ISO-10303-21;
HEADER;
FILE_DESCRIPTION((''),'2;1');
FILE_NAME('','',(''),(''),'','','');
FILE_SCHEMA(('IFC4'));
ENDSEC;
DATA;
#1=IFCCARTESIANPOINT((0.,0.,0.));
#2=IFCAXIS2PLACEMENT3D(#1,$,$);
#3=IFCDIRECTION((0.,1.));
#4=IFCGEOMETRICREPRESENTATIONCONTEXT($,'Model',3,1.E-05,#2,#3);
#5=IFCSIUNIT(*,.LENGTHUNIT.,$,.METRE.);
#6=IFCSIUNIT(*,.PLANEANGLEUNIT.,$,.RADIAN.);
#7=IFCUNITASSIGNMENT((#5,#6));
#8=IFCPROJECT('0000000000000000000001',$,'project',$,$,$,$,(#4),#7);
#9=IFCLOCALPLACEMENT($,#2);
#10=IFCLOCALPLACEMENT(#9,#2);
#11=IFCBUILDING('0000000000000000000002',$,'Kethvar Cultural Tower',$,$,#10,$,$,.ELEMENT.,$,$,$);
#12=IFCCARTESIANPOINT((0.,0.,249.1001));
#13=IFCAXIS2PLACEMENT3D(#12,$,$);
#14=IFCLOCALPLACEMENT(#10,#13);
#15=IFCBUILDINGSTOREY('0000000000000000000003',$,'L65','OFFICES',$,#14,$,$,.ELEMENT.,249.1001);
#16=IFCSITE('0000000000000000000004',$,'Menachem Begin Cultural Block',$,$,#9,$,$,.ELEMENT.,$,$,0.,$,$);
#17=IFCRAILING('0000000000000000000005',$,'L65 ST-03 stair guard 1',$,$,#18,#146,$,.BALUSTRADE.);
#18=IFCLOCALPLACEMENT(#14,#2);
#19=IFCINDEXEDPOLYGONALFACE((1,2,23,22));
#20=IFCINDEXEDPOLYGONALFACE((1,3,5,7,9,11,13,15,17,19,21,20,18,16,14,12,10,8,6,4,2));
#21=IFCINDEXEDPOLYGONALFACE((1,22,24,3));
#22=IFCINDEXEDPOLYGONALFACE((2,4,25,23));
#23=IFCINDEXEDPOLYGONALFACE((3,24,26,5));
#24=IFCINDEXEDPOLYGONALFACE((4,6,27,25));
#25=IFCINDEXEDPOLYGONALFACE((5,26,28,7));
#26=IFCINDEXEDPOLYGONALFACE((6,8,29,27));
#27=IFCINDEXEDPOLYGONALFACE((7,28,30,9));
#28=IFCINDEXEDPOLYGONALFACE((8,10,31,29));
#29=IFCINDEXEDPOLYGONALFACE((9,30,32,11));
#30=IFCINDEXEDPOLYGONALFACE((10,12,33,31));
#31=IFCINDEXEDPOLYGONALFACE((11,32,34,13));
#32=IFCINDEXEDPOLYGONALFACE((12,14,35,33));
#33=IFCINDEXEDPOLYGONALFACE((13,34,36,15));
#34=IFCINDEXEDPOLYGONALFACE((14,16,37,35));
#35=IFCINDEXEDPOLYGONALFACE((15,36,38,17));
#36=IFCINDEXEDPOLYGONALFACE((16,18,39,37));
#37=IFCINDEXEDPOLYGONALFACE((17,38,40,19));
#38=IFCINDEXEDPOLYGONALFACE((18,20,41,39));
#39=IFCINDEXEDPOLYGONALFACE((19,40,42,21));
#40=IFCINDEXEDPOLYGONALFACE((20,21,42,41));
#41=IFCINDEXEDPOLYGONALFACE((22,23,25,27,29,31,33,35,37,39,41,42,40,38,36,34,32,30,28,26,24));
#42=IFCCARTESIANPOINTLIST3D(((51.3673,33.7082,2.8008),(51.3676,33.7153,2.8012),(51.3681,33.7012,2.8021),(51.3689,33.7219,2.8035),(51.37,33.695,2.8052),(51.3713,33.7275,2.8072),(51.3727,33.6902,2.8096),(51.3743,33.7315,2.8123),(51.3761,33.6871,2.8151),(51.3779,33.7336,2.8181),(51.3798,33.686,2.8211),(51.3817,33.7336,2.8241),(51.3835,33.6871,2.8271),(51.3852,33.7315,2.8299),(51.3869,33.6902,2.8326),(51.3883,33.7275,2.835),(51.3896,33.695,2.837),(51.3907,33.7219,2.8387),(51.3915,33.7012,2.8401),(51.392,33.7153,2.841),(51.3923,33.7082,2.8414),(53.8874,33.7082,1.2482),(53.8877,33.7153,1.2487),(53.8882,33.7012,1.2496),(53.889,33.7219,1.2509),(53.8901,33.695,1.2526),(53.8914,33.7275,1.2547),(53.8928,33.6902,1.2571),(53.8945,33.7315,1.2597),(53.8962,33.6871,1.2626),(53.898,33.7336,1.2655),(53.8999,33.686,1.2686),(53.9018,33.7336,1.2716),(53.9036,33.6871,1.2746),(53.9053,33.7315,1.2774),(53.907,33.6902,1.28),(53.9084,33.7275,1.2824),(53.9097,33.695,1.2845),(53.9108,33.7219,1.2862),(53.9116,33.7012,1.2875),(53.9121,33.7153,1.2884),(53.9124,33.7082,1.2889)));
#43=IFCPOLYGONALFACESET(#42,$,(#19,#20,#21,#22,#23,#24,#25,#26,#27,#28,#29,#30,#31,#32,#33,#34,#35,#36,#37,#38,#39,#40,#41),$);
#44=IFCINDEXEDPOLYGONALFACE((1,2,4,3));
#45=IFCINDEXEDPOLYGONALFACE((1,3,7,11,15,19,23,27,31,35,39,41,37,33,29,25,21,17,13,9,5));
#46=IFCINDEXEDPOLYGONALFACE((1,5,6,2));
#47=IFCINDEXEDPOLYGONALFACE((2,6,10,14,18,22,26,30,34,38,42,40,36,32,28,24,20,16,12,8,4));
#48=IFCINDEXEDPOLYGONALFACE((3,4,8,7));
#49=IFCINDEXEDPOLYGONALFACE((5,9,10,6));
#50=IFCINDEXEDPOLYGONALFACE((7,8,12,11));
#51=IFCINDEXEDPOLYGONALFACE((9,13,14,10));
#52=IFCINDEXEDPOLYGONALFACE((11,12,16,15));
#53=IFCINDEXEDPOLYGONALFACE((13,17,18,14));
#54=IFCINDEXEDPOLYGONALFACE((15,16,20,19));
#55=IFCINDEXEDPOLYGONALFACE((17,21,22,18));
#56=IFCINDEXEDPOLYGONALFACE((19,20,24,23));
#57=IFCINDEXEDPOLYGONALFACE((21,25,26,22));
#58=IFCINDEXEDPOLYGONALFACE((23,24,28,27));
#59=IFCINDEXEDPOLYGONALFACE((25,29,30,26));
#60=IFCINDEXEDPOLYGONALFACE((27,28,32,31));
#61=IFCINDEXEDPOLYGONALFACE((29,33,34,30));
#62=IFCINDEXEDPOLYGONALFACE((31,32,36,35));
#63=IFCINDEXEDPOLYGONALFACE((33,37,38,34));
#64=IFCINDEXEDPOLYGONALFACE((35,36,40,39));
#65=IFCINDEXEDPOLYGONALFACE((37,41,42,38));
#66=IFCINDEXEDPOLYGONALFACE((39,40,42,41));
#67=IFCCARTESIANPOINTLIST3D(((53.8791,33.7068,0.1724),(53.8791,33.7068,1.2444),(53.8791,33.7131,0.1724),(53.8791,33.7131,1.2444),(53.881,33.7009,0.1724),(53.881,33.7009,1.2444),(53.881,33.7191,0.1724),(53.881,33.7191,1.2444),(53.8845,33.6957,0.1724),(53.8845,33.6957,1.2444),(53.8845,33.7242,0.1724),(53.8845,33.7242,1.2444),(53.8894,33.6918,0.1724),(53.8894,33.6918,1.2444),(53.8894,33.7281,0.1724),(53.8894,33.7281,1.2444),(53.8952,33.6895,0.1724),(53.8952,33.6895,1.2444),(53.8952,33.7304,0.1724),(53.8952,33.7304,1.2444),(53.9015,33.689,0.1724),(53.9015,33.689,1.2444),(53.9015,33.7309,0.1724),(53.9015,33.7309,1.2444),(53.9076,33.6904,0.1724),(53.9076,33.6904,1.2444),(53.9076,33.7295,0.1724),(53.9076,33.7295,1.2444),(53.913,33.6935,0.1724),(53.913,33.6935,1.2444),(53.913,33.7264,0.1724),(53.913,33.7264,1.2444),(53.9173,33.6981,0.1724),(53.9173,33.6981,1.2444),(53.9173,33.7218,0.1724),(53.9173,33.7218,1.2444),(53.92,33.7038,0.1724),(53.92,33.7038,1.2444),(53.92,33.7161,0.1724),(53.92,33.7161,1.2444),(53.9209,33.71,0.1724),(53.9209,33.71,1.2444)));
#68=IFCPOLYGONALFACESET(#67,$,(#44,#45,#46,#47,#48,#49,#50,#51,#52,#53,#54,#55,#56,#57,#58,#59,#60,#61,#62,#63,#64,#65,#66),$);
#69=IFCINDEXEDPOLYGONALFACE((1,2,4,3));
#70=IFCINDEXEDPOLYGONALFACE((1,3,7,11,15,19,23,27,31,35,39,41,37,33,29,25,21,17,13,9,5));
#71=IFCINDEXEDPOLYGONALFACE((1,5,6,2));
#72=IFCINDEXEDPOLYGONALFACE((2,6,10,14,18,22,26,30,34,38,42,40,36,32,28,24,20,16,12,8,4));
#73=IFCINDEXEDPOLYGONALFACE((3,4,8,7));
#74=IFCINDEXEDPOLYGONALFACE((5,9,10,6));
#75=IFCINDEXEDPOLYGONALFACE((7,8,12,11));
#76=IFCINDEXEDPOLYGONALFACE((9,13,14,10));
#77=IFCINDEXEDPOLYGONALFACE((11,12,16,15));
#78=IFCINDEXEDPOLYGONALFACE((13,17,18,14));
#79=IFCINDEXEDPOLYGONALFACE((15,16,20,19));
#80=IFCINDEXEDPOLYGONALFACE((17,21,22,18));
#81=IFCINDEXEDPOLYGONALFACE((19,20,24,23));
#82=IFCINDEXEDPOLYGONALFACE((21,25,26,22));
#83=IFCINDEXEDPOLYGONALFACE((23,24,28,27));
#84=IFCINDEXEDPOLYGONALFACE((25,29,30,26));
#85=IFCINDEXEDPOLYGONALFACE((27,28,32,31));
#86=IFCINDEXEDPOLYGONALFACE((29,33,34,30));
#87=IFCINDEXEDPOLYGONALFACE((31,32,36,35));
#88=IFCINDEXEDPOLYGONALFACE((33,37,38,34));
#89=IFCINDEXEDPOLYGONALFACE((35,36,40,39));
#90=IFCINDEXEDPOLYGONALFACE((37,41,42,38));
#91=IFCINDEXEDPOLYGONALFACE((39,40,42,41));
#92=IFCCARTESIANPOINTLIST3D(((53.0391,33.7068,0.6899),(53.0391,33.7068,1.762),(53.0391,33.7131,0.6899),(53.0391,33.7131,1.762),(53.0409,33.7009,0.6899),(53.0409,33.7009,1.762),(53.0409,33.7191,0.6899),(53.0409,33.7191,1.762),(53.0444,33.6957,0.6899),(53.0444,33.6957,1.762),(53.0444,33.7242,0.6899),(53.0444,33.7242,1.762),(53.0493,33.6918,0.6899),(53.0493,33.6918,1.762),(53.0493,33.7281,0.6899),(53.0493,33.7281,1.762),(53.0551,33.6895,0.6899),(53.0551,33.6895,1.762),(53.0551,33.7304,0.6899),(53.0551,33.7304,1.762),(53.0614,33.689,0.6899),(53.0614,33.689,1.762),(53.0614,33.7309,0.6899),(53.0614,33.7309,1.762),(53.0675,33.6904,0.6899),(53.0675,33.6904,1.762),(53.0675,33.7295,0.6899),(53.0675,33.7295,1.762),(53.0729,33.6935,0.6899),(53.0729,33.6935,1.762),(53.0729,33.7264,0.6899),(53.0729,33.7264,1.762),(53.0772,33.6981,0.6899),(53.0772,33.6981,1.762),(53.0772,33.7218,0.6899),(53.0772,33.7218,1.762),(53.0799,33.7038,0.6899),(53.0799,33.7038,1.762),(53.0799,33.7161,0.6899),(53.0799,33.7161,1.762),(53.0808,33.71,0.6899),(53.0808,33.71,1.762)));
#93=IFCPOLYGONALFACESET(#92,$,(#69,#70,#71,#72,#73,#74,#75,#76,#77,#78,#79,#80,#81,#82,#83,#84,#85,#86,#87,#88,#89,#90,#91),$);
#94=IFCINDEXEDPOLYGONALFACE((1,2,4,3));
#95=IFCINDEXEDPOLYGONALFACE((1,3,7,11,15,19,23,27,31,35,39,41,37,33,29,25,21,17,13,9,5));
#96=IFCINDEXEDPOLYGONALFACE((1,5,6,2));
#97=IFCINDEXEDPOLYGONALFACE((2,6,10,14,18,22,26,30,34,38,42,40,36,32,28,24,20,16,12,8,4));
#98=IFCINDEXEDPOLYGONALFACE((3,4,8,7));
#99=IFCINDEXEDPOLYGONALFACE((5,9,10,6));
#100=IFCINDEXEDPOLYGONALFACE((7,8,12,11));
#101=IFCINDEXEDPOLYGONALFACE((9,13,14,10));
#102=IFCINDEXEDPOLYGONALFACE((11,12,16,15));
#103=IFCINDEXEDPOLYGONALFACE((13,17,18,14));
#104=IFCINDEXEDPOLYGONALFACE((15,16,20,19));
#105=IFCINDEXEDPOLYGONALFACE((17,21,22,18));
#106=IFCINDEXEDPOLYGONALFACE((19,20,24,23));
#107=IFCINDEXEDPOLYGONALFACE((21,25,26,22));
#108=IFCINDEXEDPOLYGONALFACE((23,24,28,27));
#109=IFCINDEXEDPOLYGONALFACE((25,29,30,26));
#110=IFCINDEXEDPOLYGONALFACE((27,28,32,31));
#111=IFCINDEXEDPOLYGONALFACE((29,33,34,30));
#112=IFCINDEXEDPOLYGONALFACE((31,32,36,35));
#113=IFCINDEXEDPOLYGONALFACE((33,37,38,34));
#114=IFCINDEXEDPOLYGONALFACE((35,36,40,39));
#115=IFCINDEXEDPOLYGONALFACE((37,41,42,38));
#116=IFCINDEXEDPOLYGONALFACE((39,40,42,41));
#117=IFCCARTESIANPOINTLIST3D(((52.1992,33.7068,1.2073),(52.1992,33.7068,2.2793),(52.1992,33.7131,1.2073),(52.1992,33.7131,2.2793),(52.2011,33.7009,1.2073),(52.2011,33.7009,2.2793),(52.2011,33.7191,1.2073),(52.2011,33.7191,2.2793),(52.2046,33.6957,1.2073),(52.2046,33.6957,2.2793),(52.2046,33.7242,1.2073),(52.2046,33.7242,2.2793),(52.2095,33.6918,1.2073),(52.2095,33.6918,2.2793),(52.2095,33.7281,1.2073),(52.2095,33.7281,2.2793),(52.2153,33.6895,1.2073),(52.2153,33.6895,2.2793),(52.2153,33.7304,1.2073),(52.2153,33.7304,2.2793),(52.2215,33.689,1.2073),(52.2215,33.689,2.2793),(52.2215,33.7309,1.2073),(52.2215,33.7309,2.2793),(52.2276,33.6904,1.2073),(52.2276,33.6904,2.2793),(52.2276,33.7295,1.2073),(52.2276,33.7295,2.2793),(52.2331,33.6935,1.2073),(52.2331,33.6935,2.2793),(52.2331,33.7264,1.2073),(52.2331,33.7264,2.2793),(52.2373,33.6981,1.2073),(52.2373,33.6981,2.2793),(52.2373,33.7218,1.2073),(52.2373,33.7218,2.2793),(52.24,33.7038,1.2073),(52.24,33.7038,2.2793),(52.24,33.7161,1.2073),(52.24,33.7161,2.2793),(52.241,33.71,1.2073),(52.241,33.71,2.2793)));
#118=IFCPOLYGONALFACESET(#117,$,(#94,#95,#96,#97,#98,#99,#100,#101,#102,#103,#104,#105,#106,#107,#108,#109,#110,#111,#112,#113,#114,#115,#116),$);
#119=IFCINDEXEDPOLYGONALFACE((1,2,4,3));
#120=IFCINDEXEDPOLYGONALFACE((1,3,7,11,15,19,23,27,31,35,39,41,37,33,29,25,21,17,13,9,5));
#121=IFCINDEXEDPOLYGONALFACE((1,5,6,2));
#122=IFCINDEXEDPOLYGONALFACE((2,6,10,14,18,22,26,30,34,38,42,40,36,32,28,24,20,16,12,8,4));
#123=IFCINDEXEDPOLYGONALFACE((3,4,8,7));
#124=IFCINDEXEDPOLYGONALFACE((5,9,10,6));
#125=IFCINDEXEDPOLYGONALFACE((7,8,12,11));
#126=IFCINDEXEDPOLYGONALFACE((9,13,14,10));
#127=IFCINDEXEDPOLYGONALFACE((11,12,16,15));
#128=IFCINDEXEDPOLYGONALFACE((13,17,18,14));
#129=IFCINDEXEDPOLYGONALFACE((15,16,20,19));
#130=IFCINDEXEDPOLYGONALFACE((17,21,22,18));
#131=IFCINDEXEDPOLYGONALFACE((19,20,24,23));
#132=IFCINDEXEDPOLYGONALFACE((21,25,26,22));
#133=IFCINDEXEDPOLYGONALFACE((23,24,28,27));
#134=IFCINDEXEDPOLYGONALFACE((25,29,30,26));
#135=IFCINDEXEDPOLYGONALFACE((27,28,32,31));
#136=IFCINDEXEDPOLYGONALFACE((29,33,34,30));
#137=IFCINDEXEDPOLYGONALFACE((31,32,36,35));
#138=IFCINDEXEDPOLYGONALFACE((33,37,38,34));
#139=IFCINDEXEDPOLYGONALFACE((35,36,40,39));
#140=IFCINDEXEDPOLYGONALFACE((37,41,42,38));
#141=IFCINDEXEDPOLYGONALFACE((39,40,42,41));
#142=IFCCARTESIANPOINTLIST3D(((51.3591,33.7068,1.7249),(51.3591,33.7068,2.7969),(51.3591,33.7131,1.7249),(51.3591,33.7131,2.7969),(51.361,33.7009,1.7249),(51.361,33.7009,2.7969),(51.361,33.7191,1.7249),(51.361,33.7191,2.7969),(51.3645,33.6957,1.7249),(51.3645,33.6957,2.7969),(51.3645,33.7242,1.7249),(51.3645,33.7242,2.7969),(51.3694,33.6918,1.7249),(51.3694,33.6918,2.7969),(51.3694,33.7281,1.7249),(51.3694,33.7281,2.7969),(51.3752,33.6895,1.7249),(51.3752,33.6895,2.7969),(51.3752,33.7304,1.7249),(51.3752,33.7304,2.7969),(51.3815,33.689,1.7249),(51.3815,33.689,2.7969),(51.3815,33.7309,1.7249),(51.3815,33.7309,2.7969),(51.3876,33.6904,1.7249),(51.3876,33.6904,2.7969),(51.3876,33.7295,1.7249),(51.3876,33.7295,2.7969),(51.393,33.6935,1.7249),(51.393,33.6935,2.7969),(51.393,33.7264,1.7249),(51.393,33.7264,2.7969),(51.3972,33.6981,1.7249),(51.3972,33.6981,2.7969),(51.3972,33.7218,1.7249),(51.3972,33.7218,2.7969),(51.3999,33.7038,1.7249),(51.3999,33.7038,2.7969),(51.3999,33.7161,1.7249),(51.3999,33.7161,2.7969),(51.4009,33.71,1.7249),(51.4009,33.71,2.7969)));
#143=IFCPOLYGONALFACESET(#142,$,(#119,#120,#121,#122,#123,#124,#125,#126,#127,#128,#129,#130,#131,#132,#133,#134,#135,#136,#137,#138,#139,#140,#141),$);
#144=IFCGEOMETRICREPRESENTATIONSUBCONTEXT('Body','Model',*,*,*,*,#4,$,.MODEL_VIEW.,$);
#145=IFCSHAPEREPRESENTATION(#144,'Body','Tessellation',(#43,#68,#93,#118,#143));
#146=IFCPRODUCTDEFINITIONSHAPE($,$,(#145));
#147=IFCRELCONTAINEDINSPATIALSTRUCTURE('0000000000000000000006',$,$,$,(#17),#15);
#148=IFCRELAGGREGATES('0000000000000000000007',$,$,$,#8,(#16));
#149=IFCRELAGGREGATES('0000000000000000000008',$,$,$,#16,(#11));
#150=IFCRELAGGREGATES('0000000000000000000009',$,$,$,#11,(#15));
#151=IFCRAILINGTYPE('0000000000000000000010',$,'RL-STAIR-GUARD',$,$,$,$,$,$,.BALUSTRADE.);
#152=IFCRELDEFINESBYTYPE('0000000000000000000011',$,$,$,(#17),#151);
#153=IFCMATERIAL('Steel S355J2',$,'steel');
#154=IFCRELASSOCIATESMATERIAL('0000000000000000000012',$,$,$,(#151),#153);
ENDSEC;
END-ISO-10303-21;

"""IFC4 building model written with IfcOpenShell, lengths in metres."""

from ifc_helpers import new_model, si_unit, direction, frame, origin, origin_2d, place, context, subcontext, project, spatial, circle, extrude, material, type_object, element, save


model = new_model("IFC4")

# Units and contexts
model_context = context("Model", 3, precision=1e-05, world=origin(), true_north=direction((0.0, 1.0)))
body_context = subcontext(model_context, "Body", "Model", "MODEL_VIEW")
ifc_project = project(units=[si_unit("LENGTHUNIT", "METRE"), si_unit("PLANEANGLEUNIT", "RADIAN")], contexts=[model_context])

# Site, building, storey
site_placement = place(None, origin())
site = spatial("IfcSite", under=ifc_project, at=site_placement, Name="Menachem Begin Cultural Block", CompositionType="ELEMENT", RefElevation=0.0)
building_placement = place(site_placement, origin())
building = spatial("IfcBuilding", under=site, at=building_placement, Name="Kethvar Cultural Tower", CompositionType="ELEMENT")
storey_placement = place(building_placement, frame((0.0, 0.0, 249.1001)))
storey = spatial("IfcBuildingStorey", under=building, at=storey_placement, Name="L65", Description="OFFICES", CompositionType="ELEMENT", Elevation=249.1001)

# Shared definitions
ifc_material_1 = material(Name="Steel S355J2", Category="steel")

# Railing
railing_type_1 = type_object("IfcRailingType", Name="RL-STAIR-GUARD", PredefinedType="BALUSTRADE", material=ifc_material_1)
railing_1_placement = place(storey_placement, frame((53.8999, 33.71, 0.1724)))
element("IfcRailing", 1, at=railing_1_placement, inside=storey, type_object=railing_type_1, Name="L65 ST-03 stair guard 1", PredefinedType="BALUSTRADE", context=body_context, shape_type="SweptSolid", body=[
    extrude(circle(Radius=0.0239, at=origin_2d()), frame((0.0, 0.0, 1.0962), z_axis=(-0.8514, 0.0, 0.524516), x_axis=(0.0, -1.0, 0.0)), (0.0, 0.0, 1.0), 2.96),
    extrude(circle(Radius=0.021, at=origin_2d()), origin(), (0.0, 0.0, 1.0), 1.072),
    extrude(circle(Radius=0.021, at=origin_2d()), frame((-0.8401, 0.0, 0.5176)), (0.0, 0.0, 1.0), 1.072),
    extrude(circle(Radius=0.021, at=origin_2d()), frame((-1.6799, 0.0, 1.0349)), (0.0, 0.0, 1.0), 1.072),
    extrude(circle(Radius=0.021, at=origin_2d()), frame((-2.52, 0.0, 1.5525)), (0.0, 0.0, 1.0), 1.072),
])

save(model, "model.ifc")
